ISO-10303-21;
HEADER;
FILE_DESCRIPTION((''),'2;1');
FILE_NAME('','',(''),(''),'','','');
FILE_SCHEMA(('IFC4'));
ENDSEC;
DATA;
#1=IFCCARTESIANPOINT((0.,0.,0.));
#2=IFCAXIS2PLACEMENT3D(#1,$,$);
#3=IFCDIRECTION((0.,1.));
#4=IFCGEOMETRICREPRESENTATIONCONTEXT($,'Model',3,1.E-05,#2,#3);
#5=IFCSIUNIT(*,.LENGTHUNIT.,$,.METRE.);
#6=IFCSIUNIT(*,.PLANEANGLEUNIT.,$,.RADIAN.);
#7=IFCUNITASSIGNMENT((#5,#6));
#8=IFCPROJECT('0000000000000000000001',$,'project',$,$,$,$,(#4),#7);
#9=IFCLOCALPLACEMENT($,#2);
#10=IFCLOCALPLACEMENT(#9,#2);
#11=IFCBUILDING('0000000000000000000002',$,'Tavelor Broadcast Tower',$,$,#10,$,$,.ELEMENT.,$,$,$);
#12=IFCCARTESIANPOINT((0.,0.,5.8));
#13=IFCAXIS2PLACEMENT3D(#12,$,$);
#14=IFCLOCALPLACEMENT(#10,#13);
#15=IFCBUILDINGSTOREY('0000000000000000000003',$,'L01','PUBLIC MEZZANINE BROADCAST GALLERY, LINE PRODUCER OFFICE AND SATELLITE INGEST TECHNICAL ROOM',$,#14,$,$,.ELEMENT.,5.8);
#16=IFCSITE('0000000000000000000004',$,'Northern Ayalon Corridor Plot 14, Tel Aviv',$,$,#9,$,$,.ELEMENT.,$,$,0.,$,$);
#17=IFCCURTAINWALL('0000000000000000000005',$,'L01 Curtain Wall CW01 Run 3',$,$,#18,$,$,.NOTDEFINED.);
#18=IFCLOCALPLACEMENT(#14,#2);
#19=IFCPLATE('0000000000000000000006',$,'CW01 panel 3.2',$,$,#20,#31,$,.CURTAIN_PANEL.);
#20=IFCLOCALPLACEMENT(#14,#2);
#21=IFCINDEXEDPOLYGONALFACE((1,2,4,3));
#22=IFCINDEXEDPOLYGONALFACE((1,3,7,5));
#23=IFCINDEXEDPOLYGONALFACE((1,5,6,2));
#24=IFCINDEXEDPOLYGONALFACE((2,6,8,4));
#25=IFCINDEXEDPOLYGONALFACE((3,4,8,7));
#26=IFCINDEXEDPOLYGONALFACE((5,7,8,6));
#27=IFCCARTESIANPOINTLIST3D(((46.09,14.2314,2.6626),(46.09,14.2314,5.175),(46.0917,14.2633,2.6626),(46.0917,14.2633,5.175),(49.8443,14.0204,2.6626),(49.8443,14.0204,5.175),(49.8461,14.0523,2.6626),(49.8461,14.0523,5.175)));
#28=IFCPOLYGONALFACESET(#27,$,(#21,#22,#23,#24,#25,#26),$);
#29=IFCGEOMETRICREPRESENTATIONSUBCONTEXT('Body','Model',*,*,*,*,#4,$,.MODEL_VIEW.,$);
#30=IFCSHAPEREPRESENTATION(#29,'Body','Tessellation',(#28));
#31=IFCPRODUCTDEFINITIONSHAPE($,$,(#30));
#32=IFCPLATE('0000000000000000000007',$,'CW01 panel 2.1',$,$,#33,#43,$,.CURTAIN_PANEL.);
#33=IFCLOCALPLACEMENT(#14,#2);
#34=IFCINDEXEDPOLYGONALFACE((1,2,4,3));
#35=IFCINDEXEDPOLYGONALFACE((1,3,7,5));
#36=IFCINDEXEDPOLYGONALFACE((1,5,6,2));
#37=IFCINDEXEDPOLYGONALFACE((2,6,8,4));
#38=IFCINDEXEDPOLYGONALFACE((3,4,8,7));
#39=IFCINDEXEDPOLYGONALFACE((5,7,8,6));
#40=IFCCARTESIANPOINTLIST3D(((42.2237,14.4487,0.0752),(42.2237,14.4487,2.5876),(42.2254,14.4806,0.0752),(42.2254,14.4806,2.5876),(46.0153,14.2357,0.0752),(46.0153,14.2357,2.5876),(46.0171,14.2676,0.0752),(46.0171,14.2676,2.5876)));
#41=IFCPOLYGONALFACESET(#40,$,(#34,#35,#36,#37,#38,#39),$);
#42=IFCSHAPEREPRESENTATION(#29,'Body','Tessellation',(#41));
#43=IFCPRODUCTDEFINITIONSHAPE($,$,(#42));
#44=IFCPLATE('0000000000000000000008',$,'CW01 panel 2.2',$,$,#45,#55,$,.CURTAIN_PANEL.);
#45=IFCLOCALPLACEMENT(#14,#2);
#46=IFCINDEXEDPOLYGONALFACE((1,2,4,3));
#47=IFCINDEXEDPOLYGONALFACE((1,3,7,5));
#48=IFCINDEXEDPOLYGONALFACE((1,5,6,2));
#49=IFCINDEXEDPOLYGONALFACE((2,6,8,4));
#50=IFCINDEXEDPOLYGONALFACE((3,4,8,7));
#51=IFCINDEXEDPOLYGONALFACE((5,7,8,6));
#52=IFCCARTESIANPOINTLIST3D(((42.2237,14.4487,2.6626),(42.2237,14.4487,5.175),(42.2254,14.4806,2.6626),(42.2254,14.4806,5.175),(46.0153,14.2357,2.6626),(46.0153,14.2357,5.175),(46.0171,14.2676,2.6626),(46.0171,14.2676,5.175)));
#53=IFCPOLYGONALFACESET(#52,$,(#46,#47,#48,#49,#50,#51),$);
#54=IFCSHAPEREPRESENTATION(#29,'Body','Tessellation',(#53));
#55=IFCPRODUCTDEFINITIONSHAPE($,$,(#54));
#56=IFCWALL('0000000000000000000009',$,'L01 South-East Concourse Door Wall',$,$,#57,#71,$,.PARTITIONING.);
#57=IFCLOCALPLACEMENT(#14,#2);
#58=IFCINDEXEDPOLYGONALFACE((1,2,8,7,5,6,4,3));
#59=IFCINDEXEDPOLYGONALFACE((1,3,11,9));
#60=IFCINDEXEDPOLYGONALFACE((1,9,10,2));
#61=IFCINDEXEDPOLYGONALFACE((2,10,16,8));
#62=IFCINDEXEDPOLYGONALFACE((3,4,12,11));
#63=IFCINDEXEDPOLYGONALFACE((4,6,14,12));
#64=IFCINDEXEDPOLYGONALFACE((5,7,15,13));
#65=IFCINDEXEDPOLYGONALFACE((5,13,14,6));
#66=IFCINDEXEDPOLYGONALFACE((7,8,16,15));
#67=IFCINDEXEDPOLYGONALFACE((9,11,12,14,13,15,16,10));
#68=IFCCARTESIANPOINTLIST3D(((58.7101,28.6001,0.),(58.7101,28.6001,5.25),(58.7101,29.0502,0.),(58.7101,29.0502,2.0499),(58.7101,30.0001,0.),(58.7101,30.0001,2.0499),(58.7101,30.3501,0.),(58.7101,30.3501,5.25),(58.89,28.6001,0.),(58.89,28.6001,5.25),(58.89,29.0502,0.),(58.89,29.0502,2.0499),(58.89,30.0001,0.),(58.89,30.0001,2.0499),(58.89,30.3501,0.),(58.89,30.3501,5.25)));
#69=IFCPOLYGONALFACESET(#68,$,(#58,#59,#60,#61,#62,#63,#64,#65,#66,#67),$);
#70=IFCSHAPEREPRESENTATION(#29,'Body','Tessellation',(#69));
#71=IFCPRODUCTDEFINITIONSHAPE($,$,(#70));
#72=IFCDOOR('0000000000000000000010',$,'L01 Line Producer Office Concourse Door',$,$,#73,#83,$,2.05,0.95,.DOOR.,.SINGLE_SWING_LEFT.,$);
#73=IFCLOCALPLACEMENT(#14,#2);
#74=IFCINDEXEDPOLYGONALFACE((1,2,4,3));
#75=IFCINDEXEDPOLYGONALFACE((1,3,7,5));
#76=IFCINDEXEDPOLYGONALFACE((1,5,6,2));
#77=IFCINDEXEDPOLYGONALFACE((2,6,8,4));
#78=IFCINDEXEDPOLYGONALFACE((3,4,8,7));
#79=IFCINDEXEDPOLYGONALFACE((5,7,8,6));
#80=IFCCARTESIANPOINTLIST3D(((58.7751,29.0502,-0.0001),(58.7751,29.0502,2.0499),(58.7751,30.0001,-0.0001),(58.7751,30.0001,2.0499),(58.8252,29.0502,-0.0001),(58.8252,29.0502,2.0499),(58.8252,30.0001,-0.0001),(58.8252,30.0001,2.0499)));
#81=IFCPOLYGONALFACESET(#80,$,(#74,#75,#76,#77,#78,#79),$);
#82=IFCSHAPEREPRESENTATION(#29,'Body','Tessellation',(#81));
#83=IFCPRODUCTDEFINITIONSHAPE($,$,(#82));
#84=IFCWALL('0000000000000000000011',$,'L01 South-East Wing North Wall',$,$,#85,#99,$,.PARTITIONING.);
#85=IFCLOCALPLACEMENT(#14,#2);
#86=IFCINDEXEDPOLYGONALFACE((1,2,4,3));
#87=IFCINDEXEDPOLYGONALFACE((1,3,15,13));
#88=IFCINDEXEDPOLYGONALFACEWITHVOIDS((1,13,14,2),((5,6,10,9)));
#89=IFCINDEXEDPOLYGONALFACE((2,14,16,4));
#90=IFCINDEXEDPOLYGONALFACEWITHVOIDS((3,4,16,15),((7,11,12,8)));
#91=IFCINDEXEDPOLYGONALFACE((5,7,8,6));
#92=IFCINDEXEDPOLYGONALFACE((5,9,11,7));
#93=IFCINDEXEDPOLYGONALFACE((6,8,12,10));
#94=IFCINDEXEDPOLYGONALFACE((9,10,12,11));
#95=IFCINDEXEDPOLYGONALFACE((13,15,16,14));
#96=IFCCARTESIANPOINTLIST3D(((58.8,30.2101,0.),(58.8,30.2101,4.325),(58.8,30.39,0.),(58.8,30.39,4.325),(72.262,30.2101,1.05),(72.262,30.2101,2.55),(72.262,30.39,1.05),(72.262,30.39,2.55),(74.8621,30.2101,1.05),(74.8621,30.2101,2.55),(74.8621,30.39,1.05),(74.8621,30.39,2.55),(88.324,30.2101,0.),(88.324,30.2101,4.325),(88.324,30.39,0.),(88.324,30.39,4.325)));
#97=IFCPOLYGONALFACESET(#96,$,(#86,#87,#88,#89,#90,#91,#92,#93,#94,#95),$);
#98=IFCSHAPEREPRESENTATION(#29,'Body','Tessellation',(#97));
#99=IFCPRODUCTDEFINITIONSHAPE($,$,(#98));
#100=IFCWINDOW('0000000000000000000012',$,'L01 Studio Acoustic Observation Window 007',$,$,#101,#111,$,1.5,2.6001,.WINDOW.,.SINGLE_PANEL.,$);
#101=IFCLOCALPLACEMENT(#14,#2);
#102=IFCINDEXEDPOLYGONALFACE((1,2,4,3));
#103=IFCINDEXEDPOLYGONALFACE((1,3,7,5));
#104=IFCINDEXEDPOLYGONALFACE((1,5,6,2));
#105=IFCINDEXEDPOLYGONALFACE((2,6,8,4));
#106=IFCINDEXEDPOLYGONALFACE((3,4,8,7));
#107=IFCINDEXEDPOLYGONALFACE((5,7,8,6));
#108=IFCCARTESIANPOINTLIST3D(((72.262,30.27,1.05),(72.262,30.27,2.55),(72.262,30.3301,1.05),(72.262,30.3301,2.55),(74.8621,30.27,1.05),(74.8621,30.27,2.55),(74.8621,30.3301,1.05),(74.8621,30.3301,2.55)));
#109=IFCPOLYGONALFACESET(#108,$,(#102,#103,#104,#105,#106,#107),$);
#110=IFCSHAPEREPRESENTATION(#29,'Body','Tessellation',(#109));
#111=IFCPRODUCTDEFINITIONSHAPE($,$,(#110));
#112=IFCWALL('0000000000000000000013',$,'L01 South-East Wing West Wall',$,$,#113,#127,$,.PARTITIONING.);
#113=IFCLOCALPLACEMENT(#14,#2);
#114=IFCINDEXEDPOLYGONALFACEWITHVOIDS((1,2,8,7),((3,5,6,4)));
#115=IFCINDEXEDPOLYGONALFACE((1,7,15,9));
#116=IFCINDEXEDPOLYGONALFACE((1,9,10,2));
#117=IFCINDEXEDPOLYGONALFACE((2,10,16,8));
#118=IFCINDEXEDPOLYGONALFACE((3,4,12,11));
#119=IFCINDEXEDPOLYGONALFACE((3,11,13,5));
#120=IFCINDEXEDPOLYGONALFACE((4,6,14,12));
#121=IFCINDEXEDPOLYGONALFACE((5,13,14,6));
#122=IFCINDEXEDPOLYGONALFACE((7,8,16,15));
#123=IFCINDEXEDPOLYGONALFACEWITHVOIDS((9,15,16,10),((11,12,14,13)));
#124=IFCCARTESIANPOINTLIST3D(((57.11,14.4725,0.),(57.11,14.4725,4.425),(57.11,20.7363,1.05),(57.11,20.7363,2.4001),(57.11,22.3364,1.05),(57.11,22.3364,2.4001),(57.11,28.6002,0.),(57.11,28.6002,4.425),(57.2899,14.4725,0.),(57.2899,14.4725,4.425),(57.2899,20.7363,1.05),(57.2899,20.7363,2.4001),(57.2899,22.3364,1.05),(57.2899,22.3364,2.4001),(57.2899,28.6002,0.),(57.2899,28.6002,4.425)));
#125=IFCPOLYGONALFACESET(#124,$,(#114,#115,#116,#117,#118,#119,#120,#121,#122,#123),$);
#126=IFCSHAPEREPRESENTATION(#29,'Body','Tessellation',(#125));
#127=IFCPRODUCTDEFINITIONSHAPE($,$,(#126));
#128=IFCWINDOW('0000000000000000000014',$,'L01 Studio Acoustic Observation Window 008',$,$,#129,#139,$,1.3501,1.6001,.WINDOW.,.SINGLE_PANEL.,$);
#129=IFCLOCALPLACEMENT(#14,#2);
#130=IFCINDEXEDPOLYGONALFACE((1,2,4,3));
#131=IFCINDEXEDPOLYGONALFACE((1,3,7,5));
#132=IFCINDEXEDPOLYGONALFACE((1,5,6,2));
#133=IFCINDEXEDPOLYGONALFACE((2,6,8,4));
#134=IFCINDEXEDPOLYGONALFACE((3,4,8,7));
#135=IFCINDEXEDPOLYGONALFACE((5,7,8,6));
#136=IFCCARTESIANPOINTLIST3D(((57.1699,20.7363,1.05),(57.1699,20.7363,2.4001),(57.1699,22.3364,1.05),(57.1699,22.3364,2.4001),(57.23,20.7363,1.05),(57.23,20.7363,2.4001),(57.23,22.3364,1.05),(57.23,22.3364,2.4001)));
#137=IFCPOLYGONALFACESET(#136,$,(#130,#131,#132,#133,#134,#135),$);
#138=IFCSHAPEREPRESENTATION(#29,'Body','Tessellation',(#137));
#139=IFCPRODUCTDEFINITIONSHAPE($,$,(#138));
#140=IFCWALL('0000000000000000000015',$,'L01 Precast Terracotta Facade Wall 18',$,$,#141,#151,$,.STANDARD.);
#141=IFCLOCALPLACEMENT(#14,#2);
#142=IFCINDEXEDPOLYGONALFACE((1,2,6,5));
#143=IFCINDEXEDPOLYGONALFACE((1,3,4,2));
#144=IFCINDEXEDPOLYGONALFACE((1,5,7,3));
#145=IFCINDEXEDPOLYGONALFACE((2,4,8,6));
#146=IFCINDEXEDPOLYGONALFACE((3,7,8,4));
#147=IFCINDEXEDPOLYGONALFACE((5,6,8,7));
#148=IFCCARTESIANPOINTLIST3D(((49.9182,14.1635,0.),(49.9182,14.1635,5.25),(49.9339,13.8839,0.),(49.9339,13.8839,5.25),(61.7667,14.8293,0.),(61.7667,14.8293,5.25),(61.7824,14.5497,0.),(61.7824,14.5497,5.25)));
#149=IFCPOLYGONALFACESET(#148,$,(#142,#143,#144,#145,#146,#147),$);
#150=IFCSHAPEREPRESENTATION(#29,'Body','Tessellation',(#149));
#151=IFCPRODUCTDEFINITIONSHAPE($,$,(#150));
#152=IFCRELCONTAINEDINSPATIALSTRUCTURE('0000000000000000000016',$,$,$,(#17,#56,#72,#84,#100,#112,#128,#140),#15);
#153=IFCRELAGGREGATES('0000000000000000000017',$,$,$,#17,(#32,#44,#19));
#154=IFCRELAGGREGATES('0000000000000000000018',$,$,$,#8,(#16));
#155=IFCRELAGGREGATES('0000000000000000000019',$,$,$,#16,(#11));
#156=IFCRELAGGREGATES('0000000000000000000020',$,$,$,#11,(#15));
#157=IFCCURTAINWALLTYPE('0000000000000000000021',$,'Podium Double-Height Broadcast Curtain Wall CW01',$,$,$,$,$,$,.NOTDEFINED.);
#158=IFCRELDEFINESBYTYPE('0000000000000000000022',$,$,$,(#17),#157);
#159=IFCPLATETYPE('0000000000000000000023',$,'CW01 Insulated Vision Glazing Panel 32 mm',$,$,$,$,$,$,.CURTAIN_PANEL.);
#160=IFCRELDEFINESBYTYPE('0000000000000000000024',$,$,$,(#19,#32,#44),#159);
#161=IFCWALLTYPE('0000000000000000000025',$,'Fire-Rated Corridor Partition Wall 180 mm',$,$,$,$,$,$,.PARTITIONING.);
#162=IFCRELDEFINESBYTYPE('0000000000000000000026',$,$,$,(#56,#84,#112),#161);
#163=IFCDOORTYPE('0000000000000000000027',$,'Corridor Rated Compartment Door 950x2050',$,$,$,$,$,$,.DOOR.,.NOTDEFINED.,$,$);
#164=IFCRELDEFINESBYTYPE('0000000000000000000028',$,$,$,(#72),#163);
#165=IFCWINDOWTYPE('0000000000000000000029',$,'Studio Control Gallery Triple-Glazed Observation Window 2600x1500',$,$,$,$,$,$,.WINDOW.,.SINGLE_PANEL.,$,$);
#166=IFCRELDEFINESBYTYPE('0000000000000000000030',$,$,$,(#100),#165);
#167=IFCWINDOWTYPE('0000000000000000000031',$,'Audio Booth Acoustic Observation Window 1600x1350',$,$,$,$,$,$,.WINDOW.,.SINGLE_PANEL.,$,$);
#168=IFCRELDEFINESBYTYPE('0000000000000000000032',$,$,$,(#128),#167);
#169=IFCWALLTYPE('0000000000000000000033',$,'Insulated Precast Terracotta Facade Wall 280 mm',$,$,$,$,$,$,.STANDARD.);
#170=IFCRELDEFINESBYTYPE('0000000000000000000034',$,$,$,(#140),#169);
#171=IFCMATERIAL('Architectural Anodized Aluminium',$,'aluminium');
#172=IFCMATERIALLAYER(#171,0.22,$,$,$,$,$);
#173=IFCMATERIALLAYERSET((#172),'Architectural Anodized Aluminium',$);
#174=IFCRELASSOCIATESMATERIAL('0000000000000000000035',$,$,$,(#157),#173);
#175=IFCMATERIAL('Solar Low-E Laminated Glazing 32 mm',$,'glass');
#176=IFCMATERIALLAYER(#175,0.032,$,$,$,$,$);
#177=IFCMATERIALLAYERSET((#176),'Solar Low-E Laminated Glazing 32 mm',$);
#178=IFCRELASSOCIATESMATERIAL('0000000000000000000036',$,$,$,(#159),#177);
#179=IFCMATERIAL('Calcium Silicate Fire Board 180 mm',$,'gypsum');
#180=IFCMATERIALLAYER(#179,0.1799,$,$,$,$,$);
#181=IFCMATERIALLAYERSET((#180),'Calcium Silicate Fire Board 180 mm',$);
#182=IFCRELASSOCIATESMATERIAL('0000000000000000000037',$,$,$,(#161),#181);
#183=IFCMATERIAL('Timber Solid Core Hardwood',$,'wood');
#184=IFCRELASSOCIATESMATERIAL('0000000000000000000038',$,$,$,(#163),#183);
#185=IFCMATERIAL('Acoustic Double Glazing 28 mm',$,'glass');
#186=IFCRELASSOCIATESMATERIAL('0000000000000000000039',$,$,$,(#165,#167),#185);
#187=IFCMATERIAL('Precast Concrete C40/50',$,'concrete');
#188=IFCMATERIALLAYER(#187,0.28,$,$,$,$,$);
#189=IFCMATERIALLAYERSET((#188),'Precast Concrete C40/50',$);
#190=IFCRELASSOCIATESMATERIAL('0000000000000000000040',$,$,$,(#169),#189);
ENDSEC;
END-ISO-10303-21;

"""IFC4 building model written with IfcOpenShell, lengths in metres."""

from ifc_helpers import new_model, si_unit, direction, frame, frame_2d, origin, origin_2d, place, context, subcontext, project, spatial, rectangle, extrude, source, transform, mapped, material, layer, layer_set, type_object, type_shapes, element, fill, aggregate, save


model = new_model("IFC4")

# Units and contexts
model_context = context("Model", 3, precision=1e-05, world=origin(), true_north=direction((0.0, 1.0)))
body_context = subcontext(model_context, "Body", "Model", "MODEL_VIEW")
ifc_project = project(units=[si_unit("LENGTHUNIT", "METRE"), si_unit("PLANEANGLEUNIT", "RADIAN")], contexts=[model_context])

# Site, building, storey
site_placement = place(None, origin())
site = spatial("IfcSite", under=ifc_project, at=site_placement, Name="Northern Ayalon Corridor Plot 14, Tel Aviv", CompositionType="ELEMENT", RefElevation=0.0)
building_placement = place(site_placement, origin())
building = spatial("IfcBuilding", under=site, at=building_placement, Name="Tavelor Broadcast Tower", CompositionType="ELEMENT")
storey_placement = place(building_placement, frame((0.0, 0.0, 5.8)))
storey = spatial("IfcBuildingStorey", under=building, at=storey_placement, Name="L01", Description="PUBLIC MEZZANINE BROADCAST GALLERY, LINE PRODUCER OFFICE AND SATELLITE INGEST TECHNICAL ROOM", CompositionType="ELEMENT", Elevation=5.8)

# Curtain wall
ifc_material_1 = material(Name="Architectural Anodized Aluminium", Category="aluminium")
ifc_layer_1 = layer(ifc_material_1, 0.22)
ifc_layer_set_1 = layer_set([ifc_layer_1], Name="Architectural Anodized Aluminium")
curtain_wall_type = type_object("IfcCurtainWallType", Name="Podium Double-Height Broadcast Curtain Wall CW01", PredefinedType="NOTDEFINED", material=ifc_layer_set_1)
curtain_wall_placement = place(storey_placement, origin())
curtain_wall = element("IfcCurtainWall", 1, at=curtain_wall_placement, inside=storey, type_object=curtain_wall_type, Name="L01 Curtain Wall CW01 Run 3", PredefinedType="NOTDEFINED")

# Plates
ifc_material_2 = material(Name="Solar Low-E Laminated Glazing 32 mm", Category="glass")
ifc_layer_2 = layer(ifc_material_2, 0.032)
ifc_layer_set_2 = layer_set([ifc_layer_2], Name="Solar Low-E Laminated Glazing 32 mm")
plate_type_1 = type_object("IfcPlateType", Name="CW01 Insulated Vision Glazing Panel 32 mm", PredefinedType="CURTAIN_PANEL", material=ifc_layer_set_2)
shared_shape_1 = source(origin(), body_context, "Body", "SweptSolid", [
    extrude(rectangle(XDim=3.7603, YDim=0.032, at=origin_2d()), origin(), (0.0, 0.0, 1.0), 2.5125),
])
plate_1_placement = place(storey_placement, frame((47.968, 14.1418, 2.6626), z_axis=(0.0, 0.0, 1.0), x_axis=(0.998425, -0.056103, 0.0)))
plate_1 = element("IfcPlate", 2, at=plate_1_placement, type_object=plate_type_1, Name="CW01 panel 3.2", PredefinedType="CURTAIN_PANEL", context=body_context, shape_type="MappedRepresentation", body=[
    mapped(shared_shape_1, transform((0.0, 0.0, 0.0), scale=1.0)),
])
shared_shape_2 = source(origin(), body_context, "Body", "SweptSolid", [
    extrude(rectangle(XDim=3.7976, YDim=0.032, at=origin_2d()), origin(), (0.0, 0.0, 1.0), 2.5125),
])
type_shapes(plate_type_1, [shared_shape_1, shared_shape_2])
plate_2_placement = place(storey_placement, frame((44.1204, 14.3582, 0.0752), z_axis=(0.0, 0.0, 1.0), x_axis=(0.998425, -0.056103, 0.0)))
plate_2 = element("IfcPlate", 3, at=plate_2_placement, type_object=plate_type_1, Name="CW01 panel 2.1", PredefinedType="CURTAIN_PANEL", context=body_context, shape_type="MappedRepresentation", body=[
    mapped(shared_shape_2, transform((0.0, 0.0, 0.0), scale=1.0)),
])
plate_3_placement = place(storey_placement, frame((44.1204, 14.3582, 2.6626), z_axis=(0.0, 0.0, 1.0), x_axis=(0.998425, -0.056103, 0.0)))
plate_3 = element("IfcPlate", 4, at=plate_3_placement, type_object=plate_type_1, Name="CW01 panel 2.2", PredefinedType="CURTAIN_PANEL", context=body_context, shape_type="MappedRepresentation", body=[
    mapped(shared_shape_2, transform((0.0, 0.0, 0.0), scale=1.0)),
])
aggregate(curtain_wall, [plate_2, plate_3, plate_1])

# Wall, opening, door
ifc_material_3 = material(Name="Calcium Silicate Fire Board 180 mm", Category="gypsum")
ifc_layer_3 = layer(ifc_material_3, 0.1799)
ifc_layer_set_3 = layer_set([ifc_layer_3], Name="Calcium Silicate Fire Board 180 mm")
wall_type_1 = type_object("IfcWallType", Name="Fire-Rated Corridor Partition Wall 180 mm", PredefinedType="PARTITIONING", material=ifc_layer_set_3)
wall_1_placement = place(storey_placement, frame((58.8, 28.6001, 0.0), z_axis=(0.0, 0.0, 1.0), x_axis=(0.0, 1.0, 0.0)))
wall_1 = element("IfcWall", 5, at=wall_1_placement, inside=storey, type_object=wall_type_1, Name="L01 South-East Concourse Door Wall", PredefinedType="PARTITIONING", context=body_context, shape_type="SweptSolid", body=[
    extrude(rectangle(XDim=1.75, YDim=0.1799, at=frame_2d((0.875, 0.0))), origin(), (0.0, 0.0, 1.0), 5.25),
])
opening_1_placement = place(wall_1_placement, frame((0.45, 0.0, 0.0)))
opening_1 = element("IfcOpeningElement", 6, at=opening_1_placement, cuts=wall_1, PredefinedType="OPENING", context=body_context, shape_type="SweptSolid", body=[
    extrude(rectangle(XDim=0.95, YDim=2.05, at=frame_2d((0.4751, 1.0249))), frame((0.0, 0.1001, 0.0), z_axis=(0.0, -1.0, 0.0), x_axis=(1.0, 0.0, 0.0)), (0.0, 0.0, 1.0), 0.2),
])
ifc_material_4 = material(Name="Timber Solid Core Hardwood", Category="wood")
door_type = type_object("IfcDoorType", Name="Corridor Rated Compartment Door 950x2050", OperationType="NOTDEFINED", PredefinedType="DOOR", material=ifc_material_4)
door_placement = place(opening_1_placement, origin())
door = element("IfcDoor", 7, at=door_placement, inside=storey, type_object=door_type, Name="L01 Line Producer Office Concourse Door", OperationType="SINGLE_SWING_LEFT", OverallHeight=2.05, OverallWidth=0.95, PredefinedType="DOOR", context=body_context, shape_type="SweptSolid", body=[
    extrude(rectangle(XDim=0.95, YDim=2.05, at=frame_2d((0.4751, 1.0249))), frame((0.0, 0.0249, 0.0), z_axis=(0.0, -1.0, 0.0), x_axis=(1.0, 0.0, 0.0)), (0.0, 0.0, 1.0), 0.05),
])
fill(opening_1, door)

# Walls, openings, windows
wall_2_placement = place(storey_placement, frame((58.8, 30.3, 0.0), z_axis=(0.0, 0.0, 1.0), x_axis=(1.0, 0.0, 0.0)))
wall_2 = element("IfcWall", 8, at=wall_2_placement, inside=storey, type_object=wall_type_1, Name="L01 South-East Wing North Wall", PredefinedType="PARTITIONING", context=body_context, shape_type="SweptSolid", body=[
    extrude(rectangle(XDim=29.5239, YDim=0.1799, at=frame_2d((14.762, 0.0))), origin(), (0.0, 0.0, 1.0), 4.325),
])
opening_2_placement = place(wall_2_placement, frame((13.4619, 0.0, 1.05)))
opening_2 = element("IfcOpeningElement", 9, at=opening_2_placement, cuts=wall_2, PredefinedType="OPENING", context=body_context, shape_type="SweptSolid", body=[
    extrude(rectangle(XDim=2.6001, YDim=1.5, at=frame_2d((1.3, 0.75))), frame((0.0, 0.1001, 0.0), z_axis=(0.0, -1.0, 0.0), x_axis=(1.0, 0.0, 0.0)), (0.0, 0.0, 1.0), 0.2),
])
ifc_material_5 = material(Name="Acoustic Double Glazing 28 mm", Category="glass")
window_type_1 = type_object("IfcWindowType", Name="Studio Control Gallery Triple-Glazed Observation Window 2600x1500", PartitioningType="SINGLE_PANEL", PredefinedType="WINDOW", material=ifc_material_5)
window_1_placement = place(opening_2_placement, origin())
window_1 = element("IfcWindow", 10, at=window_1_placement, inside=storey, type_object=window_type_1, Name="L01 Studio Acoustic Observation Window 007", OverallHeight=1.5, OverallWidth=2.6001, PartitioningType="SINGLE_PANEL", PredefinedType="WINDOW", context=body_context, shape_type="SweptSolid", body=[
    extrude(rectangle(XDim=2.6001, YDim=1.5, at=frame_2d((1.3, 0.75))), frame((0.0, 0.03, 0.0), z_axis=(0.0, -1.0, 0.0), x_axis=(1.0, 0.0, 0.0)), (0.0, 0.0, 1.0), 0.0601),
])
fill(opening_2, window_1)
wall_3_placement = place(storey_placement, frame((57.2, 14.4724, 0.0), z_axis=(0.0, 0.0, 1.0), x_axis=(0.0, 1.0, 0.0)))
wall_3 = element("IfcWall", 11, at=wall_3_placement, inside=storey, type_object=wall_type_1, Name="L01 South-East Wing West Wall", PredefinedType="PARTITIONING", context=body_context, shape_type="SweptSolid", body=[
    extrude(rectangle(XDim=14.1277, YDim=0.1799, at=frame_2d((7.064, 0.0))), origin(), (0.0, 0.0, 1.0), 4.425),
])
opening_3_placement = place(wall_3_placement, frame((6.2639, 0.0, 1.05)))
opening_3 = element("IfcOpeningElement", 12, at=opening_3_placement, cuts=wall_3, PredefinedType="OPENING", context=body_context, shape_type="SweptSolid", body=[
    extrude(rectangle(XDim=1.6001, YDim=1.3501, at=frame_2d((0.8, 0.675))), frame((0.0, 0.1001, 0.0), z_axis=(0.0, -1.0, 0.0), x_axis=(1.0, 0.0, 0.0)), (0.0, 0.0, 1.0), 0.2),
])
window_type_2 = type_object("IfcWindowType", Name="Audio Booth Acoustic Observation Window 1600x1350", PartitioningType="SINGLE_PANEL", PredefinedType="WINDOW", material=ifc_material_5)
window_2_placement = place(opening_3_placement, origin())
window_2 = element("IfcWindow", 13, at=window_2_placement, inside=storey, type_object=window_type_2, Name="L01 Studio Acoustic Observation Window 008", OverallHeight=1.3501, OverallWidth=1.6001, PartitioningType="SINGLE_PANEL", PredefinedType="WINDOW", context=body_context, shape_type="SweptSolid", body=[
    extrude(rectangle(XDim=1.6001, YDim=1.3501, at=frame_2d((0.8, 0.675))), frame((0.0, 0.03, 0.0), z_axis=(0.0, -1.0, 0.0), x_axis=(1.0, 0.0, 0.0)), (0.0, 0.0, 1.0), 0.0601),
])
fill(opening_3, window_2)

# Wall
ifc_material_6 = material(Name="Precast Concrete C40/50", Category="concrete")
ifc_layer_4 = layer(ifc_material_6, 0.28)
ifc_layer_set_4 = layer_set([ifc_layer_4], Name="Precast Concrete C40/50")
wall_type_2 = type_object("IfcWallType", Name="Insulated Precast Terracotta Facade Wall 280 mm", PredefinedType="STANDARD", material=ifc_layer_set_4)
wall_4_placement = place(storey_placement, frame((49.926, 14.0237, 0.0), z_axis=(0.0, 0.0, 1.0), x_axis=(0.998425, 0.056102, 0.0)))
element("IfcWall", 14, at=wall_4_placement, inside=storey, type_object=wall_type_2, Name="L01 Precast Terracotta Facade Wall 18", PredefinedType="STANDARD", context=body_context, shape_type="SweptSolid", body=[
    extrude(rectangle(XDim=11.8672, YDim=0.28, at=frame_2d((5.9336, 0.0))), origin(), (0.0, 0.0, 1.0), 5.25),
])

save(model, "model.ifc")
